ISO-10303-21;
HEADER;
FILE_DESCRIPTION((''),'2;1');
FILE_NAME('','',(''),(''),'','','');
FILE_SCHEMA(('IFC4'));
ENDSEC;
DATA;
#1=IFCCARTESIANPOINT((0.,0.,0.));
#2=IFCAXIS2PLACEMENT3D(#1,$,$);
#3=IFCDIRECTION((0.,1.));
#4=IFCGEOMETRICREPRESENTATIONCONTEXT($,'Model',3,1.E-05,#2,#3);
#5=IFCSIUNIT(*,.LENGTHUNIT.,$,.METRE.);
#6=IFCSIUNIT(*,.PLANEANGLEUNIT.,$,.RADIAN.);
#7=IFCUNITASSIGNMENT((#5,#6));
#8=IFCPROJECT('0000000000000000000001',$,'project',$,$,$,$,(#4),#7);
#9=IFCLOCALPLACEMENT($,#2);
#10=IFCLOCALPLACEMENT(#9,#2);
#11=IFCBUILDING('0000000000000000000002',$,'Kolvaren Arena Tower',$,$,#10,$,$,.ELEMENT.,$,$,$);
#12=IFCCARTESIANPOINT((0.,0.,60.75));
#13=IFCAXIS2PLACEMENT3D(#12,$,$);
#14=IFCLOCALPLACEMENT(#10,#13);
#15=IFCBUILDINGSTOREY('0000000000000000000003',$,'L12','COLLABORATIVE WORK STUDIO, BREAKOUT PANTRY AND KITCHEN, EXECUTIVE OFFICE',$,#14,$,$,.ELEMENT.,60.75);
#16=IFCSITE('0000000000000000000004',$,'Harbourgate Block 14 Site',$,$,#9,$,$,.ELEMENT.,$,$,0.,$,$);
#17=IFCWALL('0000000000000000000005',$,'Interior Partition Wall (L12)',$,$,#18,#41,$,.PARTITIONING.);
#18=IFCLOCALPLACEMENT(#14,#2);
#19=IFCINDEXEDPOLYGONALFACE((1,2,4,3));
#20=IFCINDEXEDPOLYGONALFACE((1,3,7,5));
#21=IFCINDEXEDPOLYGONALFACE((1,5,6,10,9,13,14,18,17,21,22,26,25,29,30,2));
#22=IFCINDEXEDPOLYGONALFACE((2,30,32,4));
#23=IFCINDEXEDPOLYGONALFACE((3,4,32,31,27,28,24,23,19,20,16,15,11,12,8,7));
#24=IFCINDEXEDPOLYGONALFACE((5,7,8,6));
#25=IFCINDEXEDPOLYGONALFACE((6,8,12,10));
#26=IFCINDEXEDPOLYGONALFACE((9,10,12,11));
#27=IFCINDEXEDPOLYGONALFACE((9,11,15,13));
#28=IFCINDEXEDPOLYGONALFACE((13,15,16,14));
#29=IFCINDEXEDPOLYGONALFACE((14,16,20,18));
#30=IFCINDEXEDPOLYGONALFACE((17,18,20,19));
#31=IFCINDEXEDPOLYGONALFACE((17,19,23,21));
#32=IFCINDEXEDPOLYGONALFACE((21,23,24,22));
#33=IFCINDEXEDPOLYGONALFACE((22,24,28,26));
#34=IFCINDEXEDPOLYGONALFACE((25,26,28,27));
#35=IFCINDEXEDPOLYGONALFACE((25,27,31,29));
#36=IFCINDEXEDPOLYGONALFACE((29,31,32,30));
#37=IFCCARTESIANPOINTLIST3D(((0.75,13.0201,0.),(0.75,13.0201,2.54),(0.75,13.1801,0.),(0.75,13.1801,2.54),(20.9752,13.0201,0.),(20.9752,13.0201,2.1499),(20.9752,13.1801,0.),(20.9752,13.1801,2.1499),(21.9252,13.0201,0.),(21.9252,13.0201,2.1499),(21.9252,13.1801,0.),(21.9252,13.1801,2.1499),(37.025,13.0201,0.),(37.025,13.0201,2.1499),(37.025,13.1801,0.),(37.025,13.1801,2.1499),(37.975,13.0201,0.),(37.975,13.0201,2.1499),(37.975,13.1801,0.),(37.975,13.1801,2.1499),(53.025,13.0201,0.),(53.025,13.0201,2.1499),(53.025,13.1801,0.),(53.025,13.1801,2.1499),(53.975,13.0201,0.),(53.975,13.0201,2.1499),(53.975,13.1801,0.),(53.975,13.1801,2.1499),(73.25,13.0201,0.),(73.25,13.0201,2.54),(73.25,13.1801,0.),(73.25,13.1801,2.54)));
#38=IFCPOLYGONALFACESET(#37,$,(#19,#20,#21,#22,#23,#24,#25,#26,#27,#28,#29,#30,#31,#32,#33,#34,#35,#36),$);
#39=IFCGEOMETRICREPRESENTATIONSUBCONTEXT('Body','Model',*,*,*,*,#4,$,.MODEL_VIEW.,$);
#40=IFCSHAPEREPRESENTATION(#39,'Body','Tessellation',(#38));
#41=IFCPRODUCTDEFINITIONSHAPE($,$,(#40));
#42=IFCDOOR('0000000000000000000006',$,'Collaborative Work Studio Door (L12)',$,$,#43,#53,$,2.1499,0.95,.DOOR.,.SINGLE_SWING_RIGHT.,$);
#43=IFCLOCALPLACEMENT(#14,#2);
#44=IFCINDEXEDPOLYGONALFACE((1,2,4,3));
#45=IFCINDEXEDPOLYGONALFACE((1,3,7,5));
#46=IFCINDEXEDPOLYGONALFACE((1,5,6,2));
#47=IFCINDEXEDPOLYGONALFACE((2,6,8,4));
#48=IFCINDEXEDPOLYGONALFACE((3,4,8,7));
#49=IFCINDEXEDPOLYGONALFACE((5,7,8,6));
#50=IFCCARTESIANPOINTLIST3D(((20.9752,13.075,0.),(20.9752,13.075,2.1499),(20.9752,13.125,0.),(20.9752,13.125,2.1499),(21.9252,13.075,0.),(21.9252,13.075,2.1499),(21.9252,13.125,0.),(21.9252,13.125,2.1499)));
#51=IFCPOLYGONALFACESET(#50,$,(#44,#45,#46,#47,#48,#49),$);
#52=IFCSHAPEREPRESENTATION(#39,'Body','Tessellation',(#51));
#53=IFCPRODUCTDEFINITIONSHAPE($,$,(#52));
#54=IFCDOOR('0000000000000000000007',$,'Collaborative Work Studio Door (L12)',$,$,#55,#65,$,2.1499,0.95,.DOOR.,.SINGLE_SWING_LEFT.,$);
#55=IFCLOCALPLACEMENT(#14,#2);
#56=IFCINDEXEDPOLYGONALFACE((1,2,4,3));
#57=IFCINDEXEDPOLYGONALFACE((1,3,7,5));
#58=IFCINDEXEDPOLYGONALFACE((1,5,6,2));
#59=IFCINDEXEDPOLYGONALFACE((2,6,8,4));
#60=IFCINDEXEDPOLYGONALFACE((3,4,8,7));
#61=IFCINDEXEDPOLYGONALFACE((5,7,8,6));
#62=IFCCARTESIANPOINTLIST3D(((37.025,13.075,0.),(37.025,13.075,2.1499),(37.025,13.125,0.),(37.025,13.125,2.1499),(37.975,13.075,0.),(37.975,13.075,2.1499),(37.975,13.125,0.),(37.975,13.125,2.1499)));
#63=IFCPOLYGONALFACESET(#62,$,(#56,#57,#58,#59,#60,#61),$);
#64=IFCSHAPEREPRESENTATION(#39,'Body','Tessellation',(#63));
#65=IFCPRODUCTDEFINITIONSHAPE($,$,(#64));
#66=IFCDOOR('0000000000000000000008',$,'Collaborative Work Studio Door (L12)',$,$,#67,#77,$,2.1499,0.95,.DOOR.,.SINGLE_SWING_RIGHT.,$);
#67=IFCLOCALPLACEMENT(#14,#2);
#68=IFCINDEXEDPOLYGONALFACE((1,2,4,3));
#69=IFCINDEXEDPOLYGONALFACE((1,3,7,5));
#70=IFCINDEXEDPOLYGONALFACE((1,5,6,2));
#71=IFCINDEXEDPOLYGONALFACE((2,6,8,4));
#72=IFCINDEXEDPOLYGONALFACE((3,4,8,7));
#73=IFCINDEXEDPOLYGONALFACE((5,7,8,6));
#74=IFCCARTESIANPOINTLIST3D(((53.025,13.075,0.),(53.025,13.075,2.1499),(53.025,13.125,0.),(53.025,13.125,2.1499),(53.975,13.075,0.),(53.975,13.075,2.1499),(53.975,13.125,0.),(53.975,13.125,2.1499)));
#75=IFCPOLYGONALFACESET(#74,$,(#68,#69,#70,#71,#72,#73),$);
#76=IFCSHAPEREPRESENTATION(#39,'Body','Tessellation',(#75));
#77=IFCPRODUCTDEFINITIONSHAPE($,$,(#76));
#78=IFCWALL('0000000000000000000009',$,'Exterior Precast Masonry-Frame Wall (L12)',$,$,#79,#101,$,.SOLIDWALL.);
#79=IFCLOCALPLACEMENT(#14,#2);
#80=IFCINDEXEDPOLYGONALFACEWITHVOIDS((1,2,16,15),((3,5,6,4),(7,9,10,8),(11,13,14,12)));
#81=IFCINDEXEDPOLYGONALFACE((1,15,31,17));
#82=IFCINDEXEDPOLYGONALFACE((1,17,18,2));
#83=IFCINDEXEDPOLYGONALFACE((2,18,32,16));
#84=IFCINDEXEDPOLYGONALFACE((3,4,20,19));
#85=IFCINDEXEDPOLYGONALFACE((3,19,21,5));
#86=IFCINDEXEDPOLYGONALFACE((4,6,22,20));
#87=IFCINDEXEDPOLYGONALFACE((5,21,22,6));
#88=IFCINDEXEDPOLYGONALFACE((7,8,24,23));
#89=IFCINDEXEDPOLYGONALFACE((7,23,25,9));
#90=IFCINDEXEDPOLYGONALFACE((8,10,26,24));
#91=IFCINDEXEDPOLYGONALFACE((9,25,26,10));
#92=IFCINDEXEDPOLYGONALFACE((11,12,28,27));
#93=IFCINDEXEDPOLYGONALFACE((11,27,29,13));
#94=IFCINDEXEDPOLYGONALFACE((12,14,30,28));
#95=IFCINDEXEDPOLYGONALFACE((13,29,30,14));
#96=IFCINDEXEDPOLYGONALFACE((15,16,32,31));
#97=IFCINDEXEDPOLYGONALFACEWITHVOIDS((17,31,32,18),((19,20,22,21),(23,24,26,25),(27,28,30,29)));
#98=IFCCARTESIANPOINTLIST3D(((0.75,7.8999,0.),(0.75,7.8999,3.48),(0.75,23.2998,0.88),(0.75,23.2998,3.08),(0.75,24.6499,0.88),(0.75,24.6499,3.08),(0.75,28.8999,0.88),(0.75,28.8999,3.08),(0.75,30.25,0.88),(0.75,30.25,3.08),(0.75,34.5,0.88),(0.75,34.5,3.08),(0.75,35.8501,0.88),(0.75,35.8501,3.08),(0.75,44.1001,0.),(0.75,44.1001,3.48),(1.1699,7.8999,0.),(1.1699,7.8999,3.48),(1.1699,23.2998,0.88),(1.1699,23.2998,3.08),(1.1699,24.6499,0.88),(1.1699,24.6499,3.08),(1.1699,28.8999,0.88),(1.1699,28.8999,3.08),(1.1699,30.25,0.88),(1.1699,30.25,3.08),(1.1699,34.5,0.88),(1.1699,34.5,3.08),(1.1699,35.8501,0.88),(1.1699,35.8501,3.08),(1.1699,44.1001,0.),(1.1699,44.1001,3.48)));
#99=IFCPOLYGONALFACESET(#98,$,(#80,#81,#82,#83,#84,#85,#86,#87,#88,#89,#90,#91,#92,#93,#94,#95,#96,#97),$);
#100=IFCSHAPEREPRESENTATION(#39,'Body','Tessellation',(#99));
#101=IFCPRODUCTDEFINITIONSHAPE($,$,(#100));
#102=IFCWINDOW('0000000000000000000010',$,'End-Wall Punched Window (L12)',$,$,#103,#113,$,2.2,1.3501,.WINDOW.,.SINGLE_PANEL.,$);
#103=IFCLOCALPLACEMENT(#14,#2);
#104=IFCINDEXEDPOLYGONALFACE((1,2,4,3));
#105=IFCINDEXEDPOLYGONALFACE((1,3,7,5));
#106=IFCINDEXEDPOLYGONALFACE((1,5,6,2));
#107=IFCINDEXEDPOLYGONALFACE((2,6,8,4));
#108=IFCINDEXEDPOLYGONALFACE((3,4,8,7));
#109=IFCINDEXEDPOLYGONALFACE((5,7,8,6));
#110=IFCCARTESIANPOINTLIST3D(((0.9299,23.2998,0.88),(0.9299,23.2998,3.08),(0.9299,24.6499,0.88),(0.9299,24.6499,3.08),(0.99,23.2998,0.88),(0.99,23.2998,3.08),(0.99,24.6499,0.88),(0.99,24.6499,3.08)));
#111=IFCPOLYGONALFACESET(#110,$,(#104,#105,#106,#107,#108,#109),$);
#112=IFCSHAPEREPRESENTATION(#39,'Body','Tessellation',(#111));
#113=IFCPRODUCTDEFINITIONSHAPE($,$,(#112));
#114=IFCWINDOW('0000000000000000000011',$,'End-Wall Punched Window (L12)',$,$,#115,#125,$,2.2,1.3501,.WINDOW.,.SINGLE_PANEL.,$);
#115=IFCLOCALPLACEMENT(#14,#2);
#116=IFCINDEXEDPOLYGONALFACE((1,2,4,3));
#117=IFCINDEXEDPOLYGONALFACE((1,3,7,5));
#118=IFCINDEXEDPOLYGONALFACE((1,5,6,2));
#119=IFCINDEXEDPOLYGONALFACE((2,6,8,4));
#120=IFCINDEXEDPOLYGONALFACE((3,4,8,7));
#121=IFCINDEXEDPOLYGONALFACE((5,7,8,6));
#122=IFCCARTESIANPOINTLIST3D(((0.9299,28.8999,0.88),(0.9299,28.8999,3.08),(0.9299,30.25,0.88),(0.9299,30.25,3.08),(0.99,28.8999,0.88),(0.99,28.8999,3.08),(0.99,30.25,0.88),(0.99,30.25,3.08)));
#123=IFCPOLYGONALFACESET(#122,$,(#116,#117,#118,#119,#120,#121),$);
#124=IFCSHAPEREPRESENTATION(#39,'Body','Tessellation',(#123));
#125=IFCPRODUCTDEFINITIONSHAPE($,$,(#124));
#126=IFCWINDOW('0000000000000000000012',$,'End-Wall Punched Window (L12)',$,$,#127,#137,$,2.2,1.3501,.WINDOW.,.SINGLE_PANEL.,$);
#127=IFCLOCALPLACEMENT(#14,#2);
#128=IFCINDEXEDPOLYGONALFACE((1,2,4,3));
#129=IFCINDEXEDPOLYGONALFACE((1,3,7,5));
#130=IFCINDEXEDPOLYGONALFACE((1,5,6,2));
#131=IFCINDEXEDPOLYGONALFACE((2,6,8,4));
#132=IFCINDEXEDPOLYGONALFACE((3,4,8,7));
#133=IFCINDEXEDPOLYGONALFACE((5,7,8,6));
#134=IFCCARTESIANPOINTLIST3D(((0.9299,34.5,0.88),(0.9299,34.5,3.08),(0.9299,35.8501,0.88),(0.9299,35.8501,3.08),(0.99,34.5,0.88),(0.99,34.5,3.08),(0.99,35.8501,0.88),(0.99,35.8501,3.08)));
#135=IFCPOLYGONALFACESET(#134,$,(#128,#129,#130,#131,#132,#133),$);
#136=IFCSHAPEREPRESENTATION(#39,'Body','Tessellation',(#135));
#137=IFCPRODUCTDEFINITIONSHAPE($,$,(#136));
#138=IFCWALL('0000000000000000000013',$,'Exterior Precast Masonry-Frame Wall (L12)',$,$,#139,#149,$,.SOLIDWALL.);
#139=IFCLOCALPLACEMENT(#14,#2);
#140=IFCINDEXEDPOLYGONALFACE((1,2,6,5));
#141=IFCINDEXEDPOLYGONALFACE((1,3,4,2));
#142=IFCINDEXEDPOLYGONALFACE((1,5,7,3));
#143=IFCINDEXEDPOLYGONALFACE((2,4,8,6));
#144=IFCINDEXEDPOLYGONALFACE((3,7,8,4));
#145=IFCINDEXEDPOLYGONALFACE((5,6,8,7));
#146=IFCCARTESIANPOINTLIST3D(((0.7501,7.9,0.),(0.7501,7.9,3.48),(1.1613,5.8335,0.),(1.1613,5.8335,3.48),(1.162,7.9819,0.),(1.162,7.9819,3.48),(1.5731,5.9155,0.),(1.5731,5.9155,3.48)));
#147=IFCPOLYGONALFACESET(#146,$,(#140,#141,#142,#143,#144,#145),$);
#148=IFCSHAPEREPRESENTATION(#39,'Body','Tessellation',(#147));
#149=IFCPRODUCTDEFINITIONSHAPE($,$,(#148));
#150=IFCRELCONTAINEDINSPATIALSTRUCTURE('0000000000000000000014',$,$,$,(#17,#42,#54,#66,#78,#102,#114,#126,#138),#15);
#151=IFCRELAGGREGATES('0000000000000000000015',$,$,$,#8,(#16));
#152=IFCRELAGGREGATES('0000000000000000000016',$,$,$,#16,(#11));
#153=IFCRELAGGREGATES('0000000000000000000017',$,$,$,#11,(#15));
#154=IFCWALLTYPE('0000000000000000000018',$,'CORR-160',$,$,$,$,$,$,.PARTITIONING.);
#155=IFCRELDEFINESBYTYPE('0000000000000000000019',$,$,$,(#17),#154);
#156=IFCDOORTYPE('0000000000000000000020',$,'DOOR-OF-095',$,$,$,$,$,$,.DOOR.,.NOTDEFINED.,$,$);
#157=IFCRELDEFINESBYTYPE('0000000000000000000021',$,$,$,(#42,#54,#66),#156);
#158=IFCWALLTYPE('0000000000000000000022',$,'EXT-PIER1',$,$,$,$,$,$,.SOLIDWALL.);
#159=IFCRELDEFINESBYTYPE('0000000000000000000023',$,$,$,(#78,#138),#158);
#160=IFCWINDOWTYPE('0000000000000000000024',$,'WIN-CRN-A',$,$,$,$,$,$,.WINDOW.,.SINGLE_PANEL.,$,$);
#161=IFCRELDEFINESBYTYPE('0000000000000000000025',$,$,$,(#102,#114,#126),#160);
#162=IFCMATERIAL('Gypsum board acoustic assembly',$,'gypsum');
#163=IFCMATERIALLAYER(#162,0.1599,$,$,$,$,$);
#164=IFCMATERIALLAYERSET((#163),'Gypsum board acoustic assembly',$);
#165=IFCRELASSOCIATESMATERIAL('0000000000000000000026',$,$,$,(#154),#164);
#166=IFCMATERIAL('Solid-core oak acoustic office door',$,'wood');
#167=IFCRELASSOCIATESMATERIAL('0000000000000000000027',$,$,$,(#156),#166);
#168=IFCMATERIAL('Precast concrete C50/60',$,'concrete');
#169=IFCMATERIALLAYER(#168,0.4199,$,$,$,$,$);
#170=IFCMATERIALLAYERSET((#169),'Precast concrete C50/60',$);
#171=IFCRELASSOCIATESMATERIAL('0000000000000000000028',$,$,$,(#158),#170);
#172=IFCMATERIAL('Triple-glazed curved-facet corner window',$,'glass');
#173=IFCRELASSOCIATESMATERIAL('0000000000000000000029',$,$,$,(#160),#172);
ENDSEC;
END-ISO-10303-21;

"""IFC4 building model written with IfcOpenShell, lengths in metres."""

from ifc_helpers import new_model, si_unit, direction, frame, frame_2d, origin, place, context, subcontext, project, spatial, rectangle, extrude, material, layer, layer_set, type_object, element, fill, save


model = new_model("IFC4")

# Units and contexts
model_context = context("Model", 3, precision=1e-05, world=origin(), true_north=direction((0.0, 1.0)))
body_context = subcontext(model_context, "Body", "Model", "MODEL_VIEW")
ifc_project = project(units=[si_unit("LENGTHUNIT", "METRE"), si_unit("PLANEANGLEUNIT", "RADIAN")], contexts=[model_context])

# Site, building, storey
site_placement = place(None, origin())
site = spatial("IfcSite", under=ifc_project, at=site_placement, Name="Harbourgate Block 14 Site", CompositionType="ELEMENT", RefElevation=0.0)
building_placement = place(site_placement, origin())
building = spatial("IfcBuilding", under=site, at=building_placement, Name="Kolvaren Arena Tower", CompositionType="ELEMENT")
storey_placement = place(building_placement, frame((0.0, 0.0, 60.75)))
storey = spatial("IfcBuildingStorey", under=building, at=storey_placement, Name="L12", Description="COLLABORATIVE WORK STUDIO, BREAKOUT PANTRY AND KITCHEN, EXECUTIVE OFFICE", CompositionType="ELEMENT", Elevation=60.75)

# Wall, openings, doors
ifc_material_1 = material(Name="Gypsum board acoustic assembly", Category="gypsum")
ifc_layer_1 = layer(ifc_material_1, 0.1599)
ifc_layer_set_1 = layer_set([ifc_layer_1], Name="Gypsum board acoustic assembly")
wall_type_1 = type_object("IfcWallType", Name="CORR-160", PredefinedType="PARTITIONING", material=ifc_layer_set_1)
wall_1_placement = place(storey_placement, frame((0.75, 13.1001, 0.0), z_axis=(0.0, 0.0, 1.0), x_axis=(1.0, 0.0, 0.0)))
wall_1 = element("IfcWall", 1, at=wall_1_placement, inside=storey, type_object=wall_type_1, Name="Interior Partition Wall (L12)", PredefinedType="PARTITIONING", context=body_context, shape_type="SweptSolid", body=[
    extrude(rectangle(XDim=72.5, YDim=0.1599, at=frame_2d((36.25, 0.0))), origin(), (0.0, 0.0, 1.0), 2.54),
])
opening_1_placement = place(wall_1_placement, frame((20.2251, 0.0, 0.0)))
opening_1 = element("IfcOpeningElement", 2, at=opening_1_placement, cuts=wall_1, PredefinedType="OPENING", context=body_context, shape_type="SweptSolid", body=[
    extrude(rectangle(XDim=0.95, YDim=2.1499, at=frame_2d((0.4751, 1.075))), frame((0.0, 0.0898, 0.0), z_axis=(0.0, -1.0, 0.0), x_axis=(1.0, 0.0, 0.0)), (0.0, 0.0, 1.0), 0.1799),
])
opening_2_placement = place(wall_1_placement, frame((36.2749, 0.0, 0.0)))
opening_2 = element("IfcOpeningElement", 3, at=opening_2_placement, cuts=wall_1, PredefinedType="OPENING", context=body_context, shape_type="SweptSolid", body=[
    extrude(rectangle(XDim=0.95, YDim=2.1499, at=frame_2d((0.4751, 1.075))), frame((0.0, 0.0898, 0.0), z_axis=(0.0, -1.0, 0.0), x_axis=(1.0, 0.0, 0.0)), (0.0, 0.0, 1.0), 0.1799),
])
opening_3_placement = place(wall_1_placement, frame((52.2749, 0.0, 0.0)))
opening_3 = element("IfcOpeningElement", 4, at=opening_3_placement, cuts=wall_1, PredefinedType="OPENING", context=body_context, shape_type="SweptSolid", body=[
    extrude(rectangle(XDim=0.95, YDim=2.1499, at=frame_2d((0.4751, 1.075))), frame((0.0, 0.0898, 0.0), z_axis=(0.0, -1.0, 0.0), x_axis=(1.0, 0.0, 0.0)), (0.0, 0.0, 1.0), 0.1799),
])
ifc_material_2 = material(Name="Solid-core oak acoustic office door", Category="wood")
door_type = type_object("IfcDoorType", Name="DOOR-OF-095", OperationType="NOTDEFINED", PredefinedType="DOOR", material=ifc_material_2)
door_1_placement = place(opening_1_placement, origin())
door_1 = element("IfcDoor", 5, at=door_1_placement, inside=storey, type_object=door_type, Name="Collaborative Work Studio Door (L12)", OperationType="SINGLE_SWING_RIGHT", OverallHeight=2.1499, OverallWidth=0.95, PredefinedType="DOOR", context=body_context, shape_type="SweptSolid", body=[
    extrude(rectangle(XDim=0.95, YDim=2.1499, at=frame_2d((0.4751, 1.075))), frame((0.0, 0.0249, 0.0), z_axis=(0.0, -1.0, 0.0), x_axis=(1.0, 0.0, 0.0)), (0.0, 0.0, 1.0), 0.05),
])
fill(opening_1, door_1)
door_2_placement = place(opening_2_placement, origin())
door_2 = element("IfcDoor", 6, at=door_2_placement, inside=storey, type_object=door_type, Name="Collaborative Work Studio Door (L12)", OperationType="SINGLE_SWING_LEFT", OverallHeight=2.1499, OverallWidth=0.95, PredefinedType="DOOR", context=body_context, shape_type="SweptSolid", body=[
    extrude(rectangle(XDim=0.95, YDim=2.1499, at=frame_2d((0.4751, 1.075))), frame((0.0, 0.0249, 0.0), z_axis=(0.0, -1.0, 0.0), x_axis=(1.0, 0.0, 0.0)), (0.0, 0.0, 1.0), 0.05),
])
fill(opening_2, door_2)
door_3_placement = place(opening_3_placement, origin())
door_3 = element("IfcDoor", 7, at=door_3_placement, inside=storey, type_object=door_type, Name="Collaborative Work Studio Door (L12)", OperationType="SINGLE_SWING_RIGHT", OverallHeight=2.1499, OverallWidth=0.95, PredefinedType="DOOR", context=body_context, shape_type="SweptSolid", body=[
    extrude(rectangle(XDim=0.95, YDim=2.1499, at=frame_2d((0.4751, 1.075))), frame((0.0, 0.0249, 0.0), z_axis=(0.0, -1.0, 0.0), x_axis=(1.0, 0.0, 0.0)), (0.0, 0.0, 1.0), 0.05),
])
fill(opening_3, door_3)

# Wall, openings, windows
ifc_material_3 = material(Name="Precast concrete C50/60", Category="concrete")
ifc_layer_2 = layer(ifc_material_3, 0.4199)
ifc_layer_set_2 = layer_set([ifc_layer_2], Name="Precast concrete C50/60")
wall_type_2 = type_object("IfcWallType", Name="EXT-PIER1", PredefinedType="SOLIDWALL", material=ifc_layer_set_2)
wall_2_placement = place(storey_placement, frame((0.96, 7.8999, 0.0), z_axis=(0.0, 0.0, 1.0), x_axis=(0.0, 1.0, 0.0)))
wall_2 = element("IfcWall", 8, at=wall_2_placement, inside=storey, type_object=wall_type_2, Name="Exterior Precast Masonry-Frame Wall (L12)", PredefinedType="SOLIDWALL", context=body_context, shape_type="SweptSolid", body=[
    extrude(rectangle(XDim=36.2002, YDim=0.4199, at=frame_2d((18.1001, 0.0))), origin(), (0.0, 0.0, 1.0), 3.48),
])
opening_4_placement = place(wall_2_placement, frame((15.3999, 0.0, 0.8799)))
opening_4 = element("IfcOpeningElement", 9, at=opening_4_placement, cuts=wall_2, PredefinedType="OPENING", context=body_context, shape_type="SweptSolid", body=[
    extrude(rectangle(XDim=1.3501, YDim=2.2, at=frame_2d((0.675, 1.1001))), frame((0.0, 0.22, 0.0), z_axis=(0.0, -1.0, 0.0), x_axis=(1.0, 0.0, 0.0)), (0.0, 0.0, 1.0), 0.4399),
])
opening_5_placement = place(wall_2_placement, frame((21.0, 0.0, 0.8799)))
opening_5 = element("IfcOpeningElement", 10, at=opening_5_placement, cuts=wall_2, PredefinedType="OPENING", context=body_context, shape_type="SweptSolid", body=[
    extrude(rectangle(XDim=1.3501, YDim=2.2, at=frame_2d((0.675, 1.1001))), frame((0.0, 0.22, 0.0), z_axis=(0.0, -1.0, 0.0), x_axis=(1.0, 0.0, 0.0)), (0.0, 0.0, 1.0), 0.4399),
])
opening_6_placement = place(wall_2_placement, frame((26.6001, 0.0, 0.8799)))
opening_6 = element("IfcOpeningElement", 11, at=opening_6_placement, cuts=wall_2, PredefinedType="OPENING", context=body_context, shape_type="SweptSolid", body=[
    extrude(rectangle(XDim=1.3501, YDim=2.2, at=frame_2d((0.675, 1.1001))), frame((0.0, 0.22, 0.0), z_axis=(0.0, -1.0, 0.0), x_axis=(1.0, 0.0, 0.0)), (0.0, 0.0, 1.0), 0.4399),
])
ifc_material_4 = material(Name="Triple-glazed curved-facet corner window", Category="glass")
window_type = type_object("IfcWindowType", Name="WIN-CRN-A", PartitioningType="SINGLE_PANEL", PredefinedType="WINDOW", material=ifc_material_4)
window_1_placement = place(opening_4_placement, origin())
window_1 = element("IfcWindow", 12, at=window_1_placement, inside=storey, type_object=window_type, Name="End-Wall Punched Window (L12)", OverallHeight=2.2, OverallWidth=1.3501, PartitioningType="SINGLE_PANEL", PredefinedType="WINDOW", context=body_context, shape_type="SweptSolid", body=[
    extrude(rectangle(XDim=1.3501, YDim=2.2, at=frame_2d((0.675, 1.1001))), frame((0.0, 0.03, 0.0), z_axis=(0.0, -1.0, 0.0), x_axis=(1.0, 0.0, 0.0)), (0.0, 0.0, 1.0), 0.0601),
])
fill(opening_4, window_1)
window_2_placement = place(opening_5_placement, origin())
window_2 = element("IfcWindow", 13, at=window_2_placement, inside=storey, type_object=window_type, Name="End-Wall Punched Window (L12)", OverallHeight=2.2, OverallWidth=1.3501, PartitioningType="SINGLE_PANEL", PredefinedType="WINDOW", context=body_context, shape_type="SweptSolid", body=[
    extrude(rectangle(XDim=1.3501, YDim=2.2, at=frame_2d((0.675, 1.1001))), frame((0.0, 0.03, 0.0), z_axis=(0.0, -1.0, 0.0), x_axis=(1.0, 0.0, 0.0)), (0.0, 0.0, 1.0), 0.0601),
])
fill(opening_5, window_2)
window_3_placement = place(opening_6_placement, origin())
window_3 = element("IfcWindow", 14, at=window_3_placement, inside=storey, type_object=window_type, Name="End-Wall Punched Window (L12)", OverallHeight=2.2, OverallWidth=1.3501, PartitioningType="SINGLE_PANEL", PredefinedType="WINDOW", context=body_context, shape_type="SweptSolid", body=[
    extrude(rectangle(XDim=1.3501, YDim=2.2, at=frame_2d((0.675, 1.1001))), frame((0.0, 0.03, 0.0), z_axis=(0.0, -1.0, 0.0), x_axis=(1.0, 0.0, 0.0)), (0.0, 0.0, 1.0), 0.0601),
])
fill(opening_6, window_3)

# Wall
wall_3_placement = place(storey_placement, frame((1.3672, 5.8745, 0.0), z_axis=(0.0, 0.0, 1.0), x_axis=(-0.195136, 0.980776, 0.0)))
element("IfcWall", 15, at=wall_3_placement, inside=storey, type_object=wall_type_2, Name="Exterior Precast Masonry-Frame Wall (L12)", PredefinedType="SOLIDWALL", context=body_context, shape_type="SweptSolid", body=[
    extrude(rectangle(XDim=2.1069, YDim=0.4199, at=frame_2d((1.0535, 0.0))), origin(), (0.0, 0.0, 1.0), 3.48),
])

save(model, "model.ifc")
